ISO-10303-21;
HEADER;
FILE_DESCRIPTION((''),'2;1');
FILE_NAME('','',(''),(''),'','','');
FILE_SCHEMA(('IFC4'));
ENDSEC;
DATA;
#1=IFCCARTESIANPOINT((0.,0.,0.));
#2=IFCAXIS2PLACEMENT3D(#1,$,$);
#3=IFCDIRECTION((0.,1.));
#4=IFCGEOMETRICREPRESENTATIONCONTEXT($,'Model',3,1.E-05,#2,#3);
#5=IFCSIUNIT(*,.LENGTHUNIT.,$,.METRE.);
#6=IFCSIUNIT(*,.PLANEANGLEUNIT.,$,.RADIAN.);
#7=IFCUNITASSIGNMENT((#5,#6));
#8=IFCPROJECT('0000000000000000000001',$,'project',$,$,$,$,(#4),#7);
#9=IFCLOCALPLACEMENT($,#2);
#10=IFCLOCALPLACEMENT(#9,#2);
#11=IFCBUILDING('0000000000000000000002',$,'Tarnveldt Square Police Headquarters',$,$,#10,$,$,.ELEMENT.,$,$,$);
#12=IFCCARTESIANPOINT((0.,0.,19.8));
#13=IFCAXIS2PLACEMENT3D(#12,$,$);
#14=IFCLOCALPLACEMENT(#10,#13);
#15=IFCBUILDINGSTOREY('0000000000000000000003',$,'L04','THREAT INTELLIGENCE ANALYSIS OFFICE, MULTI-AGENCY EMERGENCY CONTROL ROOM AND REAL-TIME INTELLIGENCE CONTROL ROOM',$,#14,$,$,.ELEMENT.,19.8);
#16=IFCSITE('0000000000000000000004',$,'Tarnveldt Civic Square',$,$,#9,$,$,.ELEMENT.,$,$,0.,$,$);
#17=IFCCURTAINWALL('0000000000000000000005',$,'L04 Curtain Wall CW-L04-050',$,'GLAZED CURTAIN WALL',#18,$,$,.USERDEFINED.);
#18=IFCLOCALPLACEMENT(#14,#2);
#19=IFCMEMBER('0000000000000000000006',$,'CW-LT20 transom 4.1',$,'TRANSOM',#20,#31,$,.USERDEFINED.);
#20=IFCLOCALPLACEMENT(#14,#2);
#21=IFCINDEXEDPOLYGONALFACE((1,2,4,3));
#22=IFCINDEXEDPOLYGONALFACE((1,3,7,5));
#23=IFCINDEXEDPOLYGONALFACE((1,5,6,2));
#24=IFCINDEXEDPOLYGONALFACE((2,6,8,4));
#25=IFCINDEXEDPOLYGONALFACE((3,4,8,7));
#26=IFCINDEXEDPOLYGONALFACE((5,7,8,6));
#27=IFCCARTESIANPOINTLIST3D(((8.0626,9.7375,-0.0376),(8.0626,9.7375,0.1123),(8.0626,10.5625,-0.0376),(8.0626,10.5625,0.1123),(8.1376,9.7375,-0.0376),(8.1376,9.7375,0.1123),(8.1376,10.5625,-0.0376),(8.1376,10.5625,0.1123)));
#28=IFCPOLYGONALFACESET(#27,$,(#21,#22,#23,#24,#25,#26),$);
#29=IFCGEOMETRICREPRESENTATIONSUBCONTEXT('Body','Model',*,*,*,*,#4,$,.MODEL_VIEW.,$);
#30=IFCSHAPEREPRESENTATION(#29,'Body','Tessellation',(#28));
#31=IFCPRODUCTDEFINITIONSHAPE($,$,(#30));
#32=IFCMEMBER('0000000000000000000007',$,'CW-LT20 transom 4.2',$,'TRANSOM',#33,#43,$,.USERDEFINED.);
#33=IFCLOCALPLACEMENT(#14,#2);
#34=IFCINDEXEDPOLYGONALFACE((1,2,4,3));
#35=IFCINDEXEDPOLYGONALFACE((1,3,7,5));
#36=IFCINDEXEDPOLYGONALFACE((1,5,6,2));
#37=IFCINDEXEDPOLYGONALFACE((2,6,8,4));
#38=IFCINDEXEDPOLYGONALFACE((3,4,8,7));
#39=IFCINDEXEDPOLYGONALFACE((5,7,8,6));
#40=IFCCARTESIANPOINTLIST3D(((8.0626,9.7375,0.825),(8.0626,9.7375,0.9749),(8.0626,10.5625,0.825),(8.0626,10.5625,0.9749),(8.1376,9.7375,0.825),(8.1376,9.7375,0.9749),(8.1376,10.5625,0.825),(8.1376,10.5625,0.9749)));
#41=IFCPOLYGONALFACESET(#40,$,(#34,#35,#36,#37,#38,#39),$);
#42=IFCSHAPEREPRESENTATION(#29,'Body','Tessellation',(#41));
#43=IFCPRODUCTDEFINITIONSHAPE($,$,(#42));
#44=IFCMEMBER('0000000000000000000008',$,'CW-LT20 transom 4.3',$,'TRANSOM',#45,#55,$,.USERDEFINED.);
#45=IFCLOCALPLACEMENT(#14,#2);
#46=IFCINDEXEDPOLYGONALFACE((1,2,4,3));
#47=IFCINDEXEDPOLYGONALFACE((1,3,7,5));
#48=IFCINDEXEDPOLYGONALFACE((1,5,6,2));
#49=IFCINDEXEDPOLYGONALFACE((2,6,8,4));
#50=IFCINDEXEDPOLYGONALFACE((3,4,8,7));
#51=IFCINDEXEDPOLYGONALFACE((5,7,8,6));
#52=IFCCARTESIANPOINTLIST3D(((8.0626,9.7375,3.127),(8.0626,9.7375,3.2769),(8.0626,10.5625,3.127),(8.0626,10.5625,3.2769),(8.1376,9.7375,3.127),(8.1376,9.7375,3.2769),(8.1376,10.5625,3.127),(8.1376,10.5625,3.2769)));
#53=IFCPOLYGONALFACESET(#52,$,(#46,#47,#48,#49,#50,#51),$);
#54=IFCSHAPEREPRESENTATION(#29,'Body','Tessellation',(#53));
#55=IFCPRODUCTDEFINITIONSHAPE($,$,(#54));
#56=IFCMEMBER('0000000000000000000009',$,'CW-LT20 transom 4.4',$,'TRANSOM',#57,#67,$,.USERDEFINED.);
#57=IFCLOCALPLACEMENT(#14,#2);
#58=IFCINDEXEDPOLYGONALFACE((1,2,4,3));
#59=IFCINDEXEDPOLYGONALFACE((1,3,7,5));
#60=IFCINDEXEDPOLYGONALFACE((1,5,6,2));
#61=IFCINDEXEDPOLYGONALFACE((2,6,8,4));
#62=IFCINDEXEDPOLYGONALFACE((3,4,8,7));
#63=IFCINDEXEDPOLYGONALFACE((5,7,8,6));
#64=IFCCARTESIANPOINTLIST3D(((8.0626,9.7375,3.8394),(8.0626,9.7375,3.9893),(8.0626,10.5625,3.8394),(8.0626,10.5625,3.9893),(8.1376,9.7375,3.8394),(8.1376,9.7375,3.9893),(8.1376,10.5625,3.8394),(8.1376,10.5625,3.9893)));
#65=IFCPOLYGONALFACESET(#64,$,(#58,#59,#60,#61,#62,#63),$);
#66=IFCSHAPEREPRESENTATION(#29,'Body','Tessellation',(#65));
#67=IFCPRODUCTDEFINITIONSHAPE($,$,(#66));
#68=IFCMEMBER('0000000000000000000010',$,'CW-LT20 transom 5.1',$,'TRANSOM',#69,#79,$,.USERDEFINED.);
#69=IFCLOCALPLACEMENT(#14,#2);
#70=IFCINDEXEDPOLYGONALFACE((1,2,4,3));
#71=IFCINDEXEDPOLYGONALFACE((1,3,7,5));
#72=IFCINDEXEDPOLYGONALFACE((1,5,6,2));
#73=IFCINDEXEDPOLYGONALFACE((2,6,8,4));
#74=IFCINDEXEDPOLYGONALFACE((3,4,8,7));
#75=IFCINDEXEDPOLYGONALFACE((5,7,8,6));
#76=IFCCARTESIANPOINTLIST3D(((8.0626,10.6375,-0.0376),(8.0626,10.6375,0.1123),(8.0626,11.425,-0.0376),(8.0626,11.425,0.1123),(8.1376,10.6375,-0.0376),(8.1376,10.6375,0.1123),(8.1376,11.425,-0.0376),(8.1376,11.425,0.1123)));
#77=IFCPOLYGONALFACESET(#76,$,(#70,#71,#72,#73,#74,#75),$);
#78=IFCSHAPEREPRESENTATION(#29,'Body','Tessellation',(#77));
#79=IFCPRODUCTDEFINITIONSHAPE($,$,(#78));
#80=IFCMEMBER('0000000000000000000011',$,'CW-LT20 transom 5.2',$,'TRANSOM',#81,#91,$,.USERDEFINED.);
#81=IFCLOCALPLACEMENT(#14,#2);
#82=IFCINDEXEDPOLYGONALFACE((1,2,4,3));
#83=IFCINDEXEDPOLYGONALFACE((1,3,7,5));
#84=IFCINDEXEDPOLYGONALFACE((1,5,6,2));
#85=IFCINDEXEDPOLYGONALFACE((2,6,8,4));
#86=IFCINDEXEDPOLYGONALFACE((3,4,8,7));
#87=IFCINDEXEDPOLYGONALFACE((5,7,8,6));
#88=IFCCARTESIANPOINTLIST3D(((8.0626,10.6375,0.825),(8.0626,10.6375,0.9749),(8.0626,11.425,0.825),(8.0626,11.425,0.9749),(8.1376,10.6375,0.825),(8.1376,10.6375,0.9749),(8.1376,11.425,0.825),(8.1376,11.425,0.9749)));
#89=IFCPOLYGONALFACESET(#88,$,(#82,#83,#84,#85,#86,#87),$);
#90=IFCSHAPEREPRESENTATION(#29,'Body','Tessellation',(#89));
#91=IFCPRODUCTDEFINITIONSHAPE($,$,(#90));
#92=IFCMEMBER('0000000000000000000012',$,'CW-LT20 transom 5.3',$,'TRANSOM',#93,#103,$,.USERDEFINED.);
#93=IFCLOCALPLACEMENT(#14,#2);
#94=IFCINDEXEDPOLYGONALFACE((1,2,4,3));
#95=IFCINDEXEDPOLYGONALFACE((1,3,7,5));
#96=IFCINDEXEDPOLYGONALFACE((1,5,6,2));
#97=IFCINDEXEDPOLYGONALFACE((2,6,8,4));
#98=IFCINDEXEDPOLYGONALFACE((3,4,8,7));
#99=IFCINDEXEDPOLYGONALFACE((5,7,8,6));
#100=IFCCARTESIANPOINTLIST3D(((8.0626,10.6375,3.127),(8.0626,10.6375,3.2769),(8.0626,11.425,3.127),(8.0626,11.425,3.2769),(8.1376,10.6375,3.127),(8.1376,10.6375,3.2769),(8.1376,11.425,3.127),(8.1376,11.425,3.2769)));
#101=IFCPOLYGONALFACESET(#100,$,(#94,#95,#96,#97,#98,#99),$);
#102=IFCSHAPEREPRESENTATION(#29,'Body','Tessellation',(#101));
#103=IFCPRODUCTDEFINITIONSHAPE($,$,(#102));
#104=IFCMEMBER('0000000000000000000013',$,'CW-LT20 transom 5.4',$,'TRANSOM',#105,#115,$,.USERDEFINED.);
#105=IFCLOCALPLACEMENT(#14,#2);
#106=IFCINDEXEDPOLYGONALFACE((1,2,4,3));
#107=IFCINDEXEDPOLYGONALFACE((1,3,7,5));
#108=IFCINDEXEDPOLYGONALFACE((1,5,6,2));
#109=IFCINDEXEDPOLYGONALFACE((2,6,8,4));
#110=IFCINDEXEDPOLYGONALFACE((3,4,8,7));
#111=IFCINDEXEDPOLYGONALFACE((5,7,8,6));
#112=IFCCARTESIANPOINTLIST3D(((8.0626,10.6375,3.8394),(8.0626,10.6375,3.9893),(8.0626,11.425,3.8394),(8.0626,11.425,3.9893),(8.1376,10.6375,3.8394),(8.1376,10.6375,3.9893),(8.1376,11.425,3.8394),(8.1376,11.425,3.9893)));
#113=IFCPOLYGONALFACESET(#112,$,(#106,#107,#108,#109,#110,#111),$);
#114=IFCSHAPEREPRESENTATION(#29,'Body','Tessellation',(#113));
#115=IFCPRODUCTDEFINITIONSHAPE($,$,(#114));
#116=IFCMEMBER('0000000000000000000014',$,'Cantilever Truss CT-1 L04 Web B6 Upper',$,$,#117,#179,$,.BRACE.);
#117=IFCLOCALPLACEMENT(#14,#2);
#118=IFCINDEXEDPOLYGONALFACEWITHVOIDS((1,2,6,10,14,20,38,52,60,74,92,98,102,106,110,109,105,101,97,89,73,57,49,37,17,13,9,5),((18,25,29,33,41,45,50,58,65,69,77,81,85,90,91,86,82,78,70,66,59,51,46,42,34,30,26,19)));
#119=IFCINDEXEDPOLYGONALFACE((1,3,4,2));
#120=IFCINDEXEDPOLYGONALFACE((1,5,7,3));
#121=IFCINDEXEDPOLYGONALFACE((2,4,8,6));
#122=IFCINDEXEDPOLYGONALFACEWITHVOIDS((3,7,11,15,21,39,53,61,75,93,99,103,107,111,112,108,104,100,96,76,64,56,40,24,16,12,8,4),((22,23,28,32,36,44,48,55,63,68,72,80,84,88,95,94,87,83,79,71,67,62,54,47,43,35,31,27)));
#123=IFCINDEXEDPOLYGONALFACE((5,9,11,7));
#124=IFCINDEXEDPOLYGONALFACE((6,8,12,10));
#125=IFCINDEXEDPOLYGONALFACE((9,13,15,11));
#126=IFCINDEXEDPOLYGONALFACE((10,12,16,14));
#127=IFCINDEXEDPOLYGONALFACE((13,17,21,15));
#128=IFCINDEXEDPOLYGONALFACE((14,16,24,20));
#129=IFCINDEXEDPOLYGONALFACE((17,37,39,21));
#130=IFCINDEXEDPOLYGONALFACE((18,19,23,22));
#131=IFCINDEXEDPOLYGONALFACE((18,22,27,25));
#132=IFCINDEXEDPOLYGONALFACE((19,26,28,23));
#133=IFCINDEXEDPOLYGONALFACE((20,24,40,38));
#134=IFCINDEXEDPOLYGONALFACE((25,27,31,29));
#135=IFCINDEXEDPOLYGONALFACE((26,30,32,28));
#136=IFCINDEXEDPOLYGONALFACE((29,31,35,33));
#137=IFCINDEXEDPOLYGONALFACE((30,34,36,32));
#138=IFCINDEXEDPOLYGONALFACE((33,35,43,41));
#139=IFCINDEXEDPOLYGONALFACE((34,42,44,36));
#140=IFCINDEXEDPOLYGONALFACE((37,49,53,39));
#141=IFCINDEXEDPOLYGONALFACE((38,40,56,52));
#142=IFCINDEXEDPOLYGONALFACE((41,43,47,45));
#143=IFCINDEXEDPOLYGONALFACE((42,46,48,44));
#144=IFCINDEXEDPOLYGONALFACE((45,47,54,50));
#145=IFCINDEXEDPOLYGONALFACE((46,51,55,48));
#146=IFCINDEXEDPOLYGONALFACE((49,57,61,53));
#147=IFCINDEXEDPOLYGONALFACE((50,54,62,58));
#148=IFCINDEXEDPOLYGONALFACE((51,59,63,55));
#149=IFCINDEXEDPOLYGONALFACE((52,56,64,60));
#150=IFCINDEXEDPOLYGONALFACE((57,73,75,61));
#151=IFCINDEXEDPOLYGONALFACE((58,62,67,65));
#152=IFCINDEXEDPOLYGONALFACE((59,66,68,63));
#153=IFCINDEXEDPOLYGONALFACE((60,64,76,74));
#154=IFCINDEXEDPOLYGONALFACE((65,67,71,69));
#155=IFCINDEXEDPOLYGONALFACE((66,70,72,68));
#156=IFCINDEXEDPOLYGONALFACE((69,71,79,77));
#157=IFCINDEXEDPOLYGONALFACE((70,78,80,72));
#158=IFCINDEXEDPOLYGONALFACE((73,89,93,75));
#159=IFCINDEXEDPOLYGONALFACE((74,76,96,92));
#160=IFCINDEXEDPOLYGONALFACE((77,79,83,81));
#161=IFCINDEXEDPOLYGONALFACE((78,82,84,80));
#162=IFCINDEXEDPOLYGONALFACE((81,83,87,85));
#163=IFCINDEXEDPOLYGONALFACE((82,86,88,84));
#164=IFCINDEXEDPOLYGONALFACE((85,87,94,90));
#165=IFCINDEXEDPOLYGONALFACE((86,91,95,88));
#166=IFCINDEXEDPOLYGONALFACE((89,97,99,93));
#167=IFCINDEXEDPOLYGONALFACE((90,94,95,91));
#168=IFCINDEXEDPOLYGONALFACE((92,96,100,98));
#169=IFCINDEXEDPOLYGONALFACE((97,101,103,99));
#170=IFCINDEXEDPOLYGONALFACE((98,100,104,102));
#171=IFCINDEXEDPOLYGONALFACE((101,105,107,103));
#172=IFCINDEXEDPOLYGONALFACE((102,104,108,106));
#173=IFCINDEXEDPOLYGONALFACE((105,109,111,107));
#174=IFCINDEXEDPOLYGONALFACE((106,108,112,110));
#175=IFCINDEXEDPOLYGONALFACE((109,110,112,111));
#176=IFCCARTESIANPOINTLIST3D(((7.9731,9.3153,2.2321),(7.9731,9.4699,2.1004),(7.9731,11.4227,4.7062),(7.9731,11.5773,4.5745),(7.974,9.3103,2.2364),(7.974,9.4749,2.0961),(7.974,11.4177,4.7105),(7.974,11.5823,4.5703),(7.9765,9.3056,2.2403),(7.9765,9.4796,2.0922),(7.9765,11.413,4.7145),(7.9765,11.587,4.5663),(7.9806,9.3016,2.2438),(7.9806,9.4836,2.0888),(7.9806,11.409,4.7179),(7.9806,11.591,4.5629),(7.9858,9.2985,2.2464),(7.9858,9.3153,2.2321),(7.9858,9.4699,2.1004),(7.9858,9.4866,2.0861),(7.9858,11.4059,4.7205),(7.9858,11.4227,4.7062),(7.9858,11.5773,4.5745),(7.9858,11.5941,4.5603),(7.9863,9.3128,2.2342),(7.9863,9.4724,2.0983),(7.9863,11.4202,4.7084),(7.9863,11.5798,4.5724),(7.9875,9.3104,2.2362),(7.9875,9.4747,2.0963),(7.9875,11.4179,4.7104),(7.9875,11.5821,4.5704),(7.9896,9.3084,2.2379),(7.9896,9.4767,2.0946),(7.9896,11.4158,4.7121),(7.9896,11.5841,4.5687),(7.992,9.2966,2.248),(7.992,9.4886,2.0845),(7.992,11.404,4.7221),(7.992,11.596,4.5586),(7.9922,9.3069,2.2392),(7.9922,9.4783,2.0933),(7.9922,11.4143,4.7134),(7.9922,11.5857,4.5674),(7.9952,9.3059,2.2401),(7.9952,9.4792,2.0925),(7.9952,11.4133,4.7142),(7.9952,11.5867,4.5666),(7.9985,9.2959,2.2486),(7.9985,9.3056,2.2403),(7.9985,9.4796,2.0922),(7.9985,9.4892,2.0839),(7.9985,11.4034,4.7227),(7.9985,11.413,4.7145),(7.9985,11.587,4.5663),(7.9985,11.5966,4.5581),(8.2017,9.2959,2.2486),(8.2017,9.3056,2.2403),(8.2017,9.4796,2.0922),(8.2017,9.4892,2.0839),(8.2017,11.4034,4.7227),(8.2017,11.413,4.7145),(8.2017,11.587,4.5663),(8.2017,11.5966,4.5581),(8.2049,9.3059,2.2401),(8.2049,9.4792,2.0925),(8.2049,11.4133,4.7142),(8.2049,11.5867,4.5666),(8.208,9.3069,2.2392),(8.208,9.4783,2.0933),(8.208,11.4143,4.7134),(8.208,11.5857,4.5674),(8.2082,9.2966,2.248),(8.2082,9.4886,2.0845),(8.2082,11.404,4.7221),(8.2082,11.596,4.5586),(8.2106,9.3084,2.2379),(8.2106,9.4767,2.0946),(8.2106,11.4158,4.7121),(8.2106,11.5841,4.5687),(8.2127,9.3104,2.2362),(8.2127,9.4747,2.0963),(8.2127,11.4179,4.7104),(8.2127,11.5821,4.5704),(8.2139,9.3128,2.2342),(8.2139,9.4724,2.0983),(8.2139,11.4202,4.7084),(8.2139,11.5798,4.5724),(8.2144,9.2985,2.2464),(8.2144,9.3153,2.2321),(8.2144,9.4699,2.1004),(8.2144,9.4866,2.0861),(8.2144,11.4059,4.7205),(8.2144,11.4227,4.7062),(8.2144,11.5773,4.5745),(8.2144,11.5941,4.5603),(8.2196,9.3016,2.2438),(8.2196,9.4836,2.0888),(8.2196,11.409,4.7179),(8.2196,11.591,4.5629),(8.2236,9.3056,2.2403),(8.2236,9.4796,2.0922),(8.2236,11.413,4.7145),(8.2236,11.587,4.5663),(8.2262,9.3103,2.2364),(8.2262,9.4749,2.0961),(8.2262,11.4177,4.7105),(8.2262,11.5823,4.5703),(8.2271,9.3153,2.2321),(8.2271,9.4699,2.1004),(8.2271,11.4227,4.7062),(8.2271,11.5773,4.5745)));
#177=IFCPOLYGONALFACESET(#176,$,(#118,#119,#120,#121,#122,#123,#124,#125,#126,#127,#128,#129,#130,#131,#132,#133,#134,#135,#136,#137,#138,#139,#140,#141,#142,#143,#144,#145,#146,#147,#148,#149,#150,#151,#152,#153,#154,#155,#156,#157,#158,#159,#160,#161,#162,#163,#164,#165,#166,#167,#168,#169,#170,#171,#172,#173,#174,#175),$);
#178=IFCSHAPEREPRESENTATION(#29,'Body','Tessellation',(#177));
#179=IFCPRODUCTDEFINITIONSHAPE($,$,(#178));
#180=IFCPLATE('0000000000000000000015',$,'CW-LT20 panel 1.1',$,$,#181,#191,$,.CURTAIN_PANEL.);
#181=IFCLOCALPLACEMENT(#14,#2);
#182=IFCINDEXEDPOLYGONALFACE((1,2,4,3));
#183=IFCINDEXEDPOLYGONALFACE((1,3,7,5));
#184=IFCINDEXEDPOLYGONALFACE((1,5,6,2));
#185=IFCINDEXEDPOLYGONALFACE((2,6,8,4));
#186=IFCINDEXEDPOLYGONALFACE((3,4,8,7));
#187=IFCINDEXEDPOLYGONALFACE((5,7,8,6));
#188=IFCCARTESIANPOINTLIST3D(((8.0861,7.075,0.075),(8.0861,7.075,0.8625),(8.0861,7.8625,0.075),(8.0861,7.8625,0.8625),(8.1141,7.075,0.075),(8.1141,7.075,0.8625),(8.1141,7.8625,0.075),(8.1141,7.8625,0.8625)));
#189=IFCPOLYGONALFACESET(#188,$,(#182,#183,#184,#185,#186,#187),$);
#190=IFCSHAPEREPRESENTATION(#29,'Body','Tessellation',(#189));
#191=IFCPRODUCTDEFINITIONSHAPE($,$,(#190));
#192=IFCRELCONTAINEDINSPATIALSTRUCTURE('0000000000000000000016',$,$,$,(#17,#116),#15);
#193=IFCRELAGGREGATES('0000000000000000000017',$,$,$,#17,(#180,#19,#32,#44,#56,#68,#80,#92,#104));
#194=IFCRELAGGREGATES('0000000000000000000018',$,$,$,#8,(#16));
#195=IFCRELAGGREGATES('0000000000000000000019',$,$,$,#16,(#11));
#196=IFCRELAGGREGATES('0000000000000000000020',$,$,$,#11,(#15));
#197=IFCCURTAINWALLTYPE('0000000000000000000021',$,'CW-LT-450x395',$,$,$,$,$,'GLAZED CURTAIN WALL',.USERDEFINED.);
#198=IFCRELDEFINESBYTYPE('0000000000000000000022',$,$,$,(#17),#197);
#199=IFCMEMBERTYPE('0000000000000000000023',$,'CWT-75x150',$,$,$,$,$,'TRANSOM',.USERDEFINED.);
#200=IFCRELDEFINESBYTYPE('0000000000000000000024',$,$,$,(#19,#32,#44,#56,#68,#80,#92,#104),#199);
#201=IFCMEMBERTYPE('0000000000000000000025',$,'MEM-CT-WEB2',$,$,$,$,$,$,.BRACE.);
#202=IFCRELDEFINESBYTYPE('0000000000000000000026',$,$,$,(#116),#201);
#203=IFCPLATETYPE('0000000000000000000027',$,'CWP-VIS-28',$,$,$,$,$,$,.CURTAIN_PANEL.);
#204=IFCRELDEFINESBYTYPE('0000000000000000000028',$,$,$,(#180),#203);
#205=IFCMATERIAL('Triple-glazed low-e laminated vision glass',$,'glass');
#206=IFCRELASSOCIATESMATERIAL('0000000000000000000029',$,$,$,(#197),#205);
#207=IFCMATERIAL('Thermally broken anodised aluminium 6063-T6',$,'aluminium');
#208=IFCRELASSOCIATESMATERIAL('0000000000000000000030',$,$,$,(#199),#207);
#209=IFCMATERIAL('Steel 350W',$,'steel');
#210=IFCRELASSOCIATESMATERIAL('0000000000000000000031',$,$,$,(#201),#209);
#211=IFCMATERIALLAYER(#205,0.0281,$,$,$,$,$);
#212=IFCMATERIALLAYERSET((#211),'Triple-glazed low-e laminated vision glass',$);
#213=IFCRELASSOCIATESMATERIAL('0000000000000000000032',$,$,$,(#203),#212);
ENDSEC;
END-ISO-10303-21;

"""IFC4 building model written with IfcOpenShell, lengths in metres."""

from ifc_helpers import new_model, si_unit, direction, frame, origin, origin_2d, place, context, subcontext, project, spatial, rectangle, hollow_rectangle, extrude, material, layer, layer_set, material_profile, profile_set, type_object, element, aggregate, save


model = new_model("IFC4")

# Units and contexts
model_context = context("Model", 3, precision=1e-05, world=origin(), true_north=direction((0.0, 1.0)))
body_context = subcontext(model_context, "Body", "Model", "MODEL_VIEW")
ifc_project = project(units=[si_unit("LENGTHUNIT", "METRE"), si_unit("PLANEANGLEUNIT", "RADIAN")], contexts=[model_context])

# Site, building, storey
site_placement = place(None, origin())
site = spatial("IfcSite", under=ifc_project, at=site_placement, Name="Tarnveldt Civic Square", CompositionType="ELEMENT", RefElevation=0.0)
building_placement = place(site_placement, origin())
building = spatial("IfcBuilding", under=site, at=building_placement, Name="Tarnveldt Square Police Headquarters", CompositionType="ELEMENT")
storey_placement = place(building_placement, frame((0.0, 0.0, 19.8)))
storey = spatial("IfcBuildingStorey", under=building, at=storey_placement, Name="L04", Description="THREAT INTELLIGENCE ANALYSIS OFFICE, MULTI-AGENCY EMERGENCY CONTROL ROOM AND REAL-TIME INTELLIGENCE CONTROL ROOM", CompositionType="ELEMENT", Elevation=19.8)

# Curtain wall, members
ifc_material_1 = material(Name="Triple-glazed low-e laminated vision glass", Category="glass")
curtain_wall_type = type_object("IfcCurtainWallType", Name="CW-LT-450x395", ElementType="GLAZED CURTAIN WALL", PredefinedType="USERDEFINED", material=ifc_material_1)
curtain_wall_placement = place(storey_placement, origin())
curtain_wall = element("IfcCurtainWall", 1, at=curtain_wall_placement, inside=storey, type_object=curtain_wall_type, Name="L04 Curtain Wall CW-L04-050", ObjectType="GLAZED CURTAIN WALL", PredefinedType="USERDEFINED")
ifc_material_2 = material(Name="Thermally broken anodised aluminium 6063-T6", Category="aluminium")
ifc_material_profile_1 = material_profile(ifc_material_2, rectangle(XDim=0.075, YDim=0.1499, at=origin_2d()), Name="CW-T75x150")
ifc_profile_set_1 = profile_set([ifc_material_profile_1], Name="Thermally broken anodised aluminium 6063-T6")
member_type_1 = type_object("IfcMemberType", Name="CWT-75x150", ElementType="TRANSOM", PredefinedType="USERDEFINED", material=ifc_profile_set_1)
member_1_placement = place(storey_placement, frame((8.1001, 9.7375, 0.0374), z_axis=(0.0, 1.0, 0.0), x_axis=(-1.0, 0.0, 0.0)))
member_1 = element("IfcMember", 2, at=member_1_placement, type_object=member_type_1, Name="CW-LT20 transom 4.1", ObjectType="TRANSOM", PredefinedType="USERDEFINED", context=body_context, shape_type="SweptSolid", body=[
    extrude(rectangle(XDim=0.075, YDim=0.1499, at=origin_2d()), origin(), (0.0, 0.0, 1.0), 0.825),
])
member_2_placement = place(storey_placement, frame((8.1001, 9.7375, 0.8999), z_axis=(0.0, 1.0, 0.0), x_axis=(-1.0, 0.0, 0.0)))
member_2 = element("IfcMember", 3, at=member_2_placement, type_object=member_type_1, Name="CW-LT20 transom 4.2", ObjectType="TRANSOM", PredefinedType="USERDEFINED", context=body_context, shape_type="SweptSolid", body=[
    extrude(rectangle(XDim=0.075, YDim=0.1499, at=origin_2d()), origin(), (0.0, 0.0, 1.0), 0.825),
])
member_3_placement = place(storey_placement, frame((8.1001, 9.7375, 3.2019), z_axis=(0.0, 1.0, 0.0), x_axis=(-1.0, 0.0, 0.0)))
member_3 = element("IfcMember", 4, at=member_3_placement, type_object=member_type_1, Name="CW-LT20 transom 4.3", ObjectType="TRANSOM", PredefinedType="USERDEFINED", context=body_context, shape_type="SweptSolid", body=[
    extrude(rectangle(XDim=0.075, YDim=0.1499, at=origin_2d()), origin(), (0.0, 0.0, 1.0), 0.825),
])
member_4_placement = place(storey_placement, frame((8.1001, 9.7375, 3.9143), z_axis=(0.0, 1.0, 0.0), x_axis=(-1.0, 0.0, 0.0)))
member_4 = element("IfcMember", 5, at=member_4_placement, type_object=member_type_1, Name="CW-LT20 transom 4.4", ObjectType="TRANSOM", PredefinedType="USERDEFINED", context=body_context, shape_type="SweptSolid", body=[
    extrude(rectangle(XDim=0.075, YDim=0.1499, at=origin_2d()), origin(), (0.0, 0.0, 1.0), 0.825),
])
member_5_placement = place(storey_placement, frame((8.1001, 10.6375, 0.0374), z_axis=(0.0, 1.0, 0.0), x_axis=(-1.0, 0.0, 0.0)))
member_5 = element("IfcMember", 6, at=member_5_placement, type_object=member_type_1, Name="CW-LT20 transom 5.1", ObjectType="TRANSOM", PredefinedType="USERDEFINED", context=body_context, shape_type="SweptSolid", body=[
    extrude(rectangle(XDim=0.075, YDim=0.1499, at=origin_2d()), origin(), (0.0, 0.0, 1.0), 0.7876),
])
member_6_placement = place(storey_placement, frame((8.1001, 10.6375, 0.8999), z_axis=(0.0, 1.0, 0.0), x_axis=(-1.0, 0.0, 0.0)))
member_6 = element("IfcMember", 7, at=member_6_placement, type_object=member_type_1, Name="CW-LT20 transom 5.2", ObjectType="TRANSOM", PredefinedType="USERDEFINED", context=body_context, shape_type="SweptSolid", body=[
    extrude(rectangle(XDim=0.075, YDim=0.1499, at=origin_2d()), origin(), (0.0, 0.0, 1.0), 0.7876),
])
member_7_placement = place(storey_placement, frame((8.1001, 10.6375, 3.2019), z_axis=(0.0, 1.0, 0.0), x_axis=(-1.0, 0.0, 0.0)))
member_7 = element("IfcMember", 8, at=member_7_placement, type_object=member_type_1, Name="CW-LT20 transom 5.3", ObjectType="TRANSOM", PredefinedType="USERDEFINED", context=body_context, shape_type="SweptSolid", body=[
    extrude(rectangle(XDim=0.075, YDim=0.1499, at=origin_2d()), origin(), (0.0, 0.0, 1.0), 0.7876),
])
member_8_placement = place(storey_placement, frame((8.1001, 10.6375, 3.9143), z_axis=(0.0, 1.0, 0.0), x_axis=(-1.0, 0.0, 0.0)))
member_8 = element("IfcMember", 9, at=member_8_placement, type_object=member_type_1, Name="CW-LT20 transom 5.4", ObjectType="TRANSOM", PredefinedType="USERDEFINED", context=body_context, shape_type="SweptSolid", body=[
    extrude(rectangle(XDim=0.075, YDim=0.1499, at=origin_2d()), origin(), (0.0, 0.0, 1.0), 0.7876),
])

# Member
ifc_material_3 = material(Name="Steel 350W", Category="steel")
ifc_material_profile_2 = material_profile(ifc_material_3, hollow_rectangle(XDim=0.2539, YDim=0.2539, WallThickness=0.0127, InnerFilletRadius=0.0127, OuterFilletRadius=0.0254, at=origin_2d()), Name="HSS254x254x13")
ifc_profile_set_2 = profile_set([ifc_material_profile_2], Name="Steel 350W")
member_type_2 = type_object("IfcMemberType", Name="MEM-CT-WEB2", PredefinedType="BRACE", material=ifc_profile_set_2)
member_9_placement = place(storey_placement, frame((8.1001, 9.3926, 2.1663), z_axis=(0.0, 0.648437, 0.761268), x_axis=(-1.0, 0.0, 0.0)))
element("IfcMember", 10, at=member_9_placement, inside=storey, type_object=member_type_2, Name="Cantilever Truss CT-1 L04 Web B6 Upper", PredefinedType="BRACE", context=body_context, shape_type="SweptSolid", body=[
    extrude(hollow_rectangle(XDim=0.2539, YDim=0.2539, WallThickness=0.0127, InnerFilletRadius=0.0127, OuterFilletRadius=0.0254, at=origin_2d()), origin(), (0.0, 0.0, 1.0), 3.25),
])

# Plate
ifc_layer_1 = layer(ifc_material_1, 0.0281)
ifc_layer_set_1 = layer_set([ifc_layer_1], Name="Triple-glazed low-e laminated vision glass")
plate_type_1 = type_object("IfcPlateType", Name="CWP-VIS-28", PredefinedType="CURTAIN_PANEL", material=ifc_layer_set_1)
plate_1_placement = place(storey_placement, frame((8.1001, 7.4688, 0.075), z_axis=(0.0, 0.0, 1.0), x_axis=(0.0, 1.0, 0.0)))
plate_1 = element("IfcPlate", 11, at=plate_1_placement, type_object=plate_type_1, Name="CW-LT20 panel 1.1", PredefinedType="CURTAIN_PANEL", context=body_context, shape_type="SweptSolid", body=[
    extrude(rectangle(XDim=0.7876, YDim=0.0281, at=origin_2d()), origin(), (0.0, 0.0, 1.0), 0.7876),
])
aggregate(curtain_wall, [plate_1, member_1, member_2, member_3, member_4, member_5, member_6, member_7, member_8])

save(model, "model.ifc")
